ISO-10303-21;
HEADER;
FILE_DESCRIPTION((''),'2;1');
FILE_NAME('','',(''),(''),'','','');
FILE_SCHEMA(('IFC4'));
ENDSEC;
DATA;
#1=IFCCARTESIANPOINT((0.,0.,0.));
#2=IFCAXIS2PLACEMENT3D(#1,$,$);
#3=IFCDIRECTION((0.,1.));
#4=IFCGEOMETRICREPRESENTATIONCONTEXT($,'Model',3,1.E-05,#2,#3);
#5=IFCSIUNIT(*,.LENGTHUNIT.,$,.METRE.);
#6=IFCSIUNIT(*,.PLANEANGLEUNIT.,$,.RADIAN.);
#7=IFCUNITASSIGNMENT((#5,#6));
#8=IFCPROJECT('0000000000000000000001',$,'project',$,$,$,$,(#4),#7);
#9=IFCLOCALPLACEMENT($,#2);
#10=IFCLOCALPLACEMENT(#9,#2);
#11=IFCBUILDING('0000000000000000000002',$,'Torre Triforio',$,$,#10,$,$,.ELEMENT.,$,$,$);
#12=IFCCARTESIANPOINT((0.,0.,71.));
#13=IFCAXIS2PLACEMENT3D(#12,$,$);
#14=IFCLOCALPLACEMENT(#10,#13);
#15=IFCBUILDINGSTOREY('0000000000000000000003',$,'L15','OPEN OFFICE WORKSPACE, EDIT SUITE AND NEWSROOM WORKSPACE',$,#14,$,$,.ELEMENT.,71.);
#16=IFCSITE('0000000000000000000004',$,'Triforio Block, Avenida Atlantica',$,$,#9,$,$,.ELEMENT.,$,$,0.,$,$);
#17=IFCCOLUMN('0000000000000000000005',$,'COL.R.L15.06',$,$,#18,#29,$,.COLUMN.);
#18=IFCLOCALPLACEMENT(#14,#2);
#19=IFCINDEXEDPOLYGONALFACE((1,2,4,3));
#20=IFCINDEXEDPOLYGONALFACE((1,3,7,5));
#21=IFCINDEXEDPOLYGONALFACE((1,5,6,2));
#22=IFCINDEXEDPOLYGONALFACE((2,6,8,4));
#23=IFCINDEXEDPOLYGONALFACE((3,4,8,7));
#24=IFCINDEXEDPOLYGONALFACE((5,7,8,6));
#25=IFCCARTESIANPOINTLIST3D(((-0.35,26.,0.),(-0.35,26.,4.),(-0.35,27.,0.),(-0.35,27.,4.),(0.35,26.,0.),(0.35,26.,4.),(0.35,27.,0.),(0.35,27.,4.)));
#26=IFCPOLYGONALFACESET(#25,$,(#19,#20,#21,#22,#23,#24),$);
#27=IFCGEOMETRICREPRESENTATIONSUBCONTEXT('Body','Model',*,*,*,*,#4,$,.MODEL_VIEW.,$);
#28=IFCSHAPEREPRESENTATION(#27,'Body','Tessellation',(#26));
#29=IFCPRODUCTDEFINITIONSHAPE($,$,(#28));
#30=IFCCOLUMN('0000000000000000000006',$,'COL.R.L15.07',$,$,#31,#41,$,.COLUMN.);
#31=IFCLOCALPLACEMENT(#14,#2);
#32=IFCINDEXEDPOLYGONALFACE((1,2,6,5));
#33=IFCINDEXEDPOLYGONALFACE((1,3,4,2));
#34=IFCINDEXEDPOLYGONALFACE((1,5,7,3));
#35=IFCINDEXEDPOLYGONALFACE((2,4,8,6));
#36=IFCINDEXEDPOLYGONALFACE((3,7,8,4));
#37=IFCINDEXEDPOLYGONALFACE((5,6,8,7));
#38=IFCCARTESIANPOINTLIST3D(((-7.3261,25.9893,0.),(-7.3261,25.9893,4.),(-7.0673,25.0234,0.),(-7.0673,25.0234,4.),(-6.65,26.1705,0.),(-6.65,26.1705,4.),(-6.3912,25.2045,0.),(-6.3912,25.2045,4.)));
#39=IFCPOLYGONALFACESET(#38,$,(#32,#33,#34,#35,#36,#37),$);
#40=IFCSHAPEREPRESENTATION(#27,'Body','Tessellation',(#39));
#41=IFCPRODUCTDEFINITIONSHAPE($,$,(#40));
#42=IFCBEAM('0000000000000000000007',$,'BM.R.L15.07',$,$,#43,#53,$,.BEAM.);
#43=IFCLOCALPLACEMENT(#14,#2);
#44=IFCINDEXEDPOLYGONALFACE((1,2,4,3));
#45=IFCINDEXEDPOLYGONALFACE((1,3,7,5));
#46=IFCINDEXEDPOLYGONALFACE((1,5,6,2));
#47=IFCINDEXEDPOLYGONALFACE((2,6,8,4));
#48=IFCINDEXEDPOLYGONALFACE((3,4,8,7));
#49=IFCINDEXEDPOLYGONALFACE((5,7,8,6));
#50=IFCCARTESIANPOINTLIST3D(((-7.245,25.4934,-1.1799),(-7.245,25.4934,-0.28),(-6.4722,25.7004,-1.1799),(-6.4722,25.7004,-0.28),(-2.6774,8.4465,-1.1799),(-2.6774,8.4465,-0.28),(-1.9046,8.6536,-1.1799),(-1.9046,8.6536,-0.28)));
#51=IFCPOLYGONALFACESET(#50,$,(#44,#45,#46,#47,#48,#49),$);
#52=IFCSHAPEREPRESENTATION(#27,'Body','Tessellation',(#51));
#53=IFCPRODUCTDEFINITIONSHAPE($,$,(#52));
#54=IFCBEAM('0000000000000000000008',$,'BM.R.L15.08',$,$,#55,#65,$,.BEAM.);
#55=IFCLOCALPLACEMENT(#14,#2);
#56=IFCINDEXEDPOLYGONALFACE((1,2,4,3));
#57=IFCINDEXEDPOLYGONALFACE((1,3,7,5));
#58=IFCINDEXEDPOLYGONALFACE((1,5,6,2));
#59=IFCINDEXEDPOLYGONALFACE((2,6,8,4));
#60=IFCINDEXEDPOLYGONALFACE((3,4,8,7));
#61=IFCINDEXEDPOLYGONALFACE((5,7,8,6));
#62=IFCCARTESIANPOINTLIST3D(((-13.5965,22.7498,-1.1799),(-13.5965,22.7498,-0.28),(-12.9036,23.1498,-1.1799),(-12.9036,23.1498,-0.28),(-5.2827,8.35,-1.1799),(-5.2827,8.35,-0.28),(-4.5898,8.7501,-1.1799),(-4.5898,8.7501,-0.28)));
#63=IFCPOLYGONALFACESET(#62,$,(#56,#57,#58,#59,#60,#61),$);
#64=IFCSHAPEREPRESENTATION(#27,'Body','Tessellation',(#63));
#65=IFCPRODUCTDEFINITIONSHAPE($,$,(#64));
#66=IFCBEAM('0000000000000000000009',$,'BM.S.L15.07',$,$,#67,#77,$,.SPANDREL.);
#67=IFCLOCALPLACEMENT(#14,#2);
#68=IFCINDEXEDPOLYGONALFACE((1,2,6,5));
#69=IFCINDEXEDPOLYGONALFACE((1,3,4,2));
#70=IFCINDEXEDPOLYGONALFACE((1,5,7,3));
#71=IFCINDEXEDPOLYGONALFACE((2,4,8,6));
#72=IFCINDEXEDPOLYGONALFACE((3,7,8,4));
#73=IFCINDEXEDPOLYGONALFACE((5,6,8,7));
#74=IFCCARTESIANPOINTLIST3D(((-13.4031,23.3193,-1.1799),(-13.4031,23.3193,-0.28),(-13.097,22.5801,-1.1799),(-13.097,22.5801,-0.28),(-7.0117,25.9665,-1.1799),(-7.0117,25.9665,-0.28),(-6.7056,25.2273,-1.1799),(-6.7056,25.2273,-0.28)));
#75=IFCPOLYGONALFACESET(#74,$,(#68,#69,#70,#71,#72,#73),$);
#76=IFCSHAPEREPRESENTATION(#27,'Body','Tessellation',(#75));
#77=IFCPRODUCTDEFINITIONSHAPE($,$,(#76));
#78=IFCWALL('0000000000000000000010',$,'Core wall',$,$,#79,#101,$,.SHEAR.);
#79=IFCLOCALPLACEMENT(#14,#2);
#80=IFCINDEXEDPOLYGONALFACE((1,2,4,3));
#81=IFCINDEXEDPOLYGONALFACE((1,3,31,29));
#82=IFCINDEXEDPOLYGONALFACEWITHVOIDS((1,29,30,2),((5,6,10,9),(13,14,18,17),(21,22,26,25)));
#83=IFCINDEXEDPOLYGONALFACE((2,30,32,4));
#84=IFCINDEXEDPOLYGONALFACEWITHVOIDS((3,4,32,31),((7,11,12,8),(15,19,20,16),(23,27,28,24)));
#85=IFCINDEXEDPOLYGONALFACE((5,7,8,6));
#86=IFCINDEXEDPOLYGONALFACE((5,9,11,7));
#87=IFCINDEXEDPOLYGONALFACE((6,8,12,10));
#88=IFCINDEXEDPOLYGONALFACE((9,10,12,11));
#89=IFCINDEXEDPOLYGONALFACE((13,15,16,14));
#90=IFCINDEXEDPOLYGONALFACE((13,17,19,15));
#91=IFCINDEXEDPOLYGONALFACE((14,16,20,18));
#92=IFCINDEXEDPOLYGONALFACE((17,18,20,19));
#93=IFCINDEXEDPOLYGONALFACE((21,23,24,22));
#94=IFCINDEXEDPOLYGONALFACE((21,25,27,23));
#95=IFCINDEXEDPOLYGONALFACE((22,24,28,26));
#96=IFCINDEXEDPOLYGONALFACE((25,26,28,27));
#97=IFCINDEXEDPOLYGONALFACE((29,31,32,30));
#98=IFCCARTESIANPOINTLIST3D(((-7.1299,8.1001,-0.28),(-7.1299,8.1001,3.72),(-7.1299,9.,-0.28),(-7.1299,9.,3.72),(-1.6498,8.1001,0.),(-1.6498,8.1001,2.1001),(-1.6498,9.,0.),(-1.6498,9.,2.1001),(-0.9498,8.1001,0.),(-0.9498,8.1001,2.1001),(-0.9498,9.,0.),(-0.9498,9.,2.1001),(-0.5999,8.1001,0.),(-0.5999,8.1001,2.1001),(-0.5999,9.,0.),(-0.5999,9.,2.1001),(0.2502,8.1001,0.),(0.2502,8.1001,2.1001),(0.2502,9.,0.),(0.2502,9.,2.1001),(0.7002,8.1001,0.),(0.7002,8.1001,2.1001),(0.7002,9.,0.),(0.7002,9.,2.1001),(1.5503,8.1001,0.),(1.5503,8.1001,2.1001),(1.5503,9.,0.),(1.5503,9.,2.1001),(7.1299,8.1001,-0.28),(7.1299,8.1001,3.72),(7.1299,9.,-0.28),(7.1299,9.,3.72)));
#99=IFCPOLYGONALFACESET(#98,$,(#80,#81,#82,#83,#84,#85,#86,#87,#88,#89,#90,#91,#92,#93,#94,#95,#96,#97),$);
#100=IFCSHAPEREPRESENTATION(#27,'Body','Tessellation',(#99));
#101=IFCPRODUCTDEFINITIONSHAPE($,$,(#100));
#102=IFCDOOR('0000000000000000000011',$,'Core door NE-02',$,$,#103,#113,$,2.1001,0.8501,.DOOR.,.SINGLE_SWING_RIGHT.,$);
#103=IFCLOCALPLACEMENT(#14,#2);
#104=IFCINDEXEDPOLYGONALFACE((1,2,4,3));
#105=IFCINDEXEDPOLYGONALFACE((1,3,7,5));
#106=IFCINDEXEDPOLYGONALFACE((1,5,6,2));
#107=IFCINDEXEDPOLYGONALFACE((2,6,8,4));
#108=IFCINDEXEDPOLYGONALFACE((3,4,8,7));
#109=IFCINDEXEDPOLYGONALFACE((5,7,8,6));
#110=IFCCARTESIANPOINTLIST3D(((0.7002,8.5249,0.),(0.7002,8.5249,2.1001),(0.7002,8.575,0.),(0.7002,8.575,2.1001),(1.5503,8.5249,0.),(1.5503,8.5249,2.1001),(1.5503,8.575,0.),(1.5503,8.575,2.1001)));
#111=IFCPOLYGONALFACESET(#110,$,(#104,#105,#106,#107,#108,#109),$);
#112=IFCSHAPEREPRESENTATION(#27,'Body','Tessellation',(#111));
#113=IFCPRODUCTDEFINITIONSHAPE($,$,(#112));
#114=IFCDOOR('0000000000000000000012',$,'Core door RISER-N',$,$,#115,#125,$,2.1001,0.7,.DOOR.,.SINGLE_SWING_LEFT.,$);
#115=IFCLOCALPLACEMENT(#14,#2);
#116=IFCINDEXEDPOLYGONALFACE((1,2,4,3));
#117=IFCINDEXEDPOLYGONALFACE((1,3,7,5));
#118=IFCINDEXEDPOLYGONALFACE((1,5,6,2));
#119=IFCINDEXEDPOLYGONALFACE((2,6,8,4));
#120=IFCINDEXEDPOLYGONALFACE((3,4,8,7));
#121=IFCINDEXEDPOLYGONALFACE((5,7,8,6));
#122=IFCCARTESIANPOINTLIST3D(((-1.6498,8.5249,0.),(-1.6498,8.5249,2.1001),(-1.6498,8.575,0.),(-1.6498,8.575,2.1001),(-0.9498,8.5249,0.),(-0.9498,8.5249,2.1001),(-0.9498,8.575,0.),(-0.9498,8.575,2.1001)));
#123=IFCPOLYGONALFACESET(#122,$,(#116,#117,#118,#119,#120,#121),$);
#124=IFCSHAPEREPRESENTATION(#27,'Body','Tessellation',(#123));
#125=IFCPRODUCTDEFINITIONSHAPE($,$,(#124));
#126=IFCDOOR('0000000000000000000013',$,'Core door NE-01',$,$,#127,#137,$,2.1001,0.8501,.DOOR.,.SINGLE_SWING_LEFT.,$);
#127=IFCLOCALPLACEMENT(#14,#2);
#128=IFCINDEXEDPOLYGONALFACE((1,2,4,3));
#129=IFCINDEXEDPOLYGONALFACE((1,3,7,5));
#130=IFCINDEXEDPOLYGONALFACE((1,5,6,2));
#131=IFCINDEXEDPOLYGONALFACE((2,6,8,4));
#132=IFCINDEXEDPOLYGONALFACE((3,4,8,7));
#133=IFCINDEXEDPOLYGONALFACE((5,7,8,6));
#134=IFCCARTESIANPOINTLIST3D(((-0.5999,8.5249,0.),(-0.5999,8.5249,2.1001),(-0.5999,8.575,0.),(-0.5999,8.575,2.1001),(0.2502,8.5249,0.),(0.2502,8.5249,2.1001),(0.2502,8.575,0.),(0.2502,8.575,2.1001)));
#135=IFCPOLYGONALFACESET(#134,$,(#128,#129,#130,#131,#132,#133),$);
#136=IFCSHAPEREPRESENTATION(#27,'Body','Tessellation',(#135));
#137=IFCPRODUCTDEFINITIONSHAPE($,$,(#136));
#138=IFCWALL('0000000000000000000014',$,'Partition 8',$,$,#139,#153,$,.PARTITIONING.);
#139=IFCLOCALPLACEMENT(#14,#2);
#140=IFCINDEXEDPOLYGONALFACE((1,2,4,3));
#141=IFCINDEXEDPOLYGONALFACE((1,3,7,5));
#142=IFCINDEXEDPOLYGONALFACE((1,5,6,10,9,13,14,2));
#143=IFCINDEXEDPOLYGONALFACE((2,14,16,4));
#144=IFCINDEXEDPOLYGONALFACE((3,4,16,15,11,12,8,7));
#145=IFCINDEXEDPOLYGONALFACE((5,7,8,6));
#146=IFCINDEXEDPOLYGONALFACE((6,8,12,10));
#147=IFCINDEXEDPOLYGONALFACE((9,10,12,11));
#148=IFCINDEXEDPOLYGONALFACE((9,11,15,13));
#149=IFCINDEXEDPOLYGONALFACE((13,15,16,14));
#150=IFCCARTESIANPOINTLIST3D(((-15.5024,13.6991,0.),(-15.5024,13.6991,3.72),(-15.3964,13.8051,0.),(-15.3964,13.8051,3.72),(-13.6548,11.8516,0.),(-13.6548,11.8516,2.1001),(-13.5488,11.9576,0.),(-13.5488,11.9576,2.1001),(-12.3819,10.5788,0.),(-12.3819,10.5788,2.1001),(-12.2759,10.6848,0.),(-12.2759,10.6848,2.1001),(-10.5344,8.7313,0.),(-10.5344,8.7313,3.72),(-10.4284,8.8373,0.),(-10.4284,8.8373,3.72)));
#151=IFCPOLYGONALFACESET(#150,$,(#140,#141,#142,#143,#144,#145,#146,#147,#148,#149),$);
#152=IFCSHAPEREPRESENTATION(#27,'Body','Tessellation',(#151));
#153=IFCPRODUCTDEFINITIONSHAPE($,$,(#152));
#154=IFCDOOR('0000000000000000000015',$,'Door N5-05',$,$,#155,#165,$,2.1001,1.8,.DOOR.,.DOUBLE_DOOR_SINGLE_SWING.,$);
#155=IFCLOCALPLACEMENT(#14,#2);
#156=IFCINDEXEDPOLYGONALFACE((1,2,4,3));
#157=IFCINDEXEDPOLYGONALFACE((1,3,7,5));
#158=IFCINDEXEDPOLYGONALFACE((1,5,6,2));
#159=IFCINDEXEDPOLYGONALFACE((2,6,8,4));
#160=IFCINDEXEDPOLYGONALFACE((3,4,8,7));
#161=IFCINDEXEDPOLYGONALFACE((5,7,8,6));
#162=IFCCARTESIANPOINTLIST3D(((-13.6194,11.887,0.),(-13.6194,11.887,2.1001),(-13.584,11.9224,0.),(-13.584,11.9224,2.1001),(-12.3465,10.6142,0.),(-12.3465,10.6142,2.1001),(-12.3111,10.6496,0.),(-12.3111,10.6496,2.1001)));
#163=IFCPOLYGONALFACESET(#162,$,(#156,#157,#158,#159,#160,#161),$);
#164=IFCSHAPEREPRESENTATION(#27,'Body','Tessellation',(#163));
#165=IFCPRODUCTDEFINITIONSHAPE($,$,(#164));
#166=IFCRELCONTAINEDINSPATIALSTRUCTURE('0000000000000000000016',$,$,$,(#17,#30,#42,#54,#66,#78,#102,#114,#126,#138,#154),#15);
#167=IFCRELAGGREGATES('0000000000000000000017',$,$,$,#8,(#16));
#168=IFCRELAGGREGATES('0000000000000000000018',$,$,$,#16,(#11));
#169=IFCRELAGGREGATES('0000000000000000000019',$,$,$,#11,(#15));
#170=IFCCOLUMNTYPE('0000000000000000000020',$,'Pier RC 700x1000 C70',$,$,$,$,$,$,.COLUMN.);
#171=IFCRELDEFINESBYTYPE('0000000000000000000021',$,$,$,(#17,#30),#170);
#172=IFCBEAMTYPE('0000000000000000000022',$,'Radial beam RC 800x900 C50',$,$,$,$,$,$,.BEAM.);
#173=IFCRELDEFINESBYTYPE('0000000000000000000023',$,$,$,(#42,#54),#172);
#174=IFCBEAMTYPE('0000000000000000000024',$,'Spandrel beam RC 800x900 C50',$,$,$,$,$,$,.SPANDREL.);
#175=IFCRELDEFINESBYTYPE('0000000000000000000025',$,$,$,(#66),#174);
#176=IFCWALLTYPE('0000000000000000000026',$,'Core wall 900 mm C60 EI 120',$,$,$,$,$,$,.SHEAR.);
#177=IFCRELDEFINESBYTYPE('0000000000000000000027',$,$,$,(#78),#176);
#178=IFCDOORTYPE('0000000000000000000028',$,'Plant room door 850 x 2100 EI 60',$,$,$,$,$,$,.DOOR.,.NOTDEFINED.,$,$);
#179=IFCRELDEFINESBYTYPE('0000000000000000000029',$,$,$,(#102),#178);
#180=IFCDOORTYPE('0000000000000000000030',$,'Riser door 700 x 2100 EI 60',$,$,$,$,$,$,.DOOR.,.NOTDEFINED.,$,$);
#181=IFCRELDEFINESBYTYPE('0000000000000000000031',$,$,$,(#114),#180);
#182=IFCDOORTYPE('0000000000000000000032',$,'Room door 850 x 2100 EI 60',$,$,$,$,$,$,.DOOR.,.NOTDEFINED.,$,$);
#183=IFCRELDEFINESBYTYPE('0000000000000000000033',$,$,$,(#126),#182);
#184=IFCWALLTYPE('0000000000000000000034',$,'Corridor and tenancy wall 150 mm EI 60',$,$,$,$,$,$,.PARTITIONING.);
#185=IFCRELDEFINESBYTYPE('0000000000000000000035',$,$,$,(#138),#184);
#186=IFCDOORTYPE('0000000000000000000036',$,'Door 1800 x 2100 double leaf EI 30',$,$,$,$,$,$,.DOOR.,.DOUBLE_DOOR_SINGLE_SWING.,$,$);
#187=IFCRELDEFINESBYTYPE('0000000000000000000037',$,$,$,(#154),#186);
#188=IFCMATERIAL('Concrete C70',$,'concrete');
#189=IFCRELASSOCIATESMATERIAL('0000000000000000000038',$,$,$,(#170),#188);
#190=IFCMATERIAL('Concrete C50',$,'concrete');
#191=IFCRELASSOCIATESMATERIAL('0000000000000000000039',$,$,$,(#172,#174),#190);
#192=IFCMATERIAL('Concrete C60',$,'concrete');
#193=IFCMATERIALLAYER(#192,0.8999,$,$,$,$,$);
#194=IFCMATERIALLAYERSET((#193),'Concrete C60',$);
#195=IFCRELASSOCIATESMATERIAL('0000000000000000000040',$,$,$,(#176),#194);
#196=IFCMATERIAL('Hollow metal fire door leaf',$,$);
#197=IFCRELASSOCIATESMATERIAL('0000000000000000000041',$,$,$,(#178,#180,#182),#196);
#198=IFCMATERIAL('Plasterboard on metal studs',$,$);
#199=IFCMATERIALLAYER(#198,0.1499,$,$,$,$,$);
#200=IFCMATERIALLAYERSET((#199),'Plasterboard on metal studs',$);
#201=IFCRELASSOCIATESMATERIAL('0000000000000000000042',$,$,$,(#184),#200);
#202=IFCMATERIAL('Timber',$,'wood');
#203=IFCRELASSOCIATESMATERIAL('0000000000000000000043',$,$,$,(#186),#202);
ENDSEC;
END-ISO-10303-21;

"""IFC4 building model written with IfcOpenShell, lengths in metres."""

from ifc_helpers import new_model, si_unit, direction, frame, frame_2d, origin, origin_2d, place, context, subcontext, project, spatial, rectangle, extrude, material, layer, layer_set, material_profile, profile_set, type_object, element, fill, save


model = new_model("IFC4")

# Units and contexts
model_context = context("Model", 3, precision=1e-05, world=origin(), true_north=direction((0.0, 1.0)))
body_context = subcontext(model_context, "Body", "Model", "MODEL_VIEW")
ifc_project = project(units=[si_unit("LENGTHUNIT", "METRE"), si_unit("PLANEANGLEUNIT", "RADIAN")], contexts=[model_context])

# Site, building, storey
site_placement = place(None, origin())
site = spatial("IfcSite", under=ifc_project, at=site_placement, Name="Triforio Block, Avenida Atlantica", CompositionType="ELEMENT", RefElevation=0.0)
building_placement = place(site_placement, origin())
building = spatial("IfcBuilding", under=site, at=building_placement, Name="Torre Triforio", CompositionType="ELEMENT")
storey_placement = place(building_placement, frame((0.0, 0.0, 71.0)))
storey = spatial("IfcBuildingStorey", under=building, at=storey_placement, Name="L15", Description="OPEN OFFICE WORKSPACE, EDIT SUITE AND NEWSROOM WORKSPACE", CompositionType="ELEMENT", Elevation=71.0)

# Columns
ifc_material_1 = material(Name="Concrete C70", Category="concrete")
ifc_material_profile_1 = material_profile(ifc_material_1, rectangle(XDim=0.7, YDim=1.0, at=origin_2d()), Name="RC 700x1000")
ifc_profile_set_1 = profile_set([ifc_material_profile_1], Name="Concrete C70")
column_type = type_object("IfcColumnType", Name="Pier RC 700x1000 C70", PredefinedType="COLUMN", material=ifc_profile_set_1)
for number, where, z_axis, x_axis, name in (
    (1, (0.0, 26.5, 0.0), (0.0, 0.0, 1.0), (-1.0, 0.0, 0.0), "COL.R.L15.06"),
    (2, (-6.8586, 25.5969, 0.0), (0.0, 0.0, 1.0), (-0.965926, -0.258819, 0.0), "COL.R.L15.07"),
):
    element("IfcColumn", number, at=place(storey_placement, frame(where, z_axis=z_axis, x_axis=x_axis)), inside=storey, type_object=column_type, Name=name, PredefinedType="COLUMN", context=body_context, shape_type="SweptSolid", body=[
        extrude(rectangle(XDim=0.7, YDim=1.0, at=origin_2d()), origin(), (0.0, 0.0, 1.0), 4.0),
    ])

# Beams
ifc_material_2 = material(Name="Concrete C50", Category="concrete")
ifc_material_profile_2 = material_profile(ifc_material_2, rectangle(XDim=0.8, YDim=0.8999, at=origin_2d()), Name="RC 800x900")
ifc_profile_set_2 = profile_set([ifc_material_profile_2], Name="Concrete C50")
beam_type_1 = type_object("IfcBeamType", Name="Radial beam RC 800x900 C50", PredefinedType="BEAM", material=ifc_profile_set_2)
beam_1_placement = place(storey_placement, frame((-2.291, 8.55, -0.73), z_axis=(-0.258815, 0.965927, 0.0), x_axis=(-0.965927, -0.258815, 0.0)))
element("IfcBeam", 3, at=beam_1_placement, inside=storey, type_object=beam_type_1, Name="BM.R.L15.07", PredefinedType="BEAM", context=body_context, shape_type="SweptSolid", body=[
    extrude(rectangle(XDim=0.8, YDim=0.8999, at=origin_2d()), origin(), (0.0, 0.0, 1.0), 17.6482),
])
beam_2_placement = place(storey_placement, frame((-4.9363, 8.55, -0.73), z_axis=(-0.500003, 0.866023, 0.0), x_axis=(-0.866023, -0.500003, 0.0)))
element("IfcBeam", 4, at=beam_2_placement, inside=storey, type_object=beam_type_1, Name="BM.R.L15.08", PredefinedType="BEAM", context=body_context, shape_type="SweptSolid", body=[
    extrude(rectangle(XDim=0.8, YDim=0.8999, at=origin_2d()), origin(), (0.0, 0.0, 1.0), 16.6274),
])
ifc_material_profile_3 = material_profile(ifc_material_2, rectangle(XDim=0.8, YDim=0.8999, at=origin_2d()), Name="RC 800x900")
ifc_profile_set_3 = profile_set([ifc_material_profile_3], Name="Concrete C50")
beam_type_2 = type_object("IfcBeamType", Name="Spandrel beam RC 800x900 C50", PredefinedType="SPANDREL", material=ifc_profile_set_3)
beam_3_placement = place(storey_placement, frame((-6.8586, 25.5969, -0.73), z_axis=(-0.923888, -0.382662, 0.0), x_axis=(0.382662, -0.923888, 0.0)))
element("IfcBeam", 5, at=beam_3_placement, inside=storey, type_object=beam_type_2, Name="BM.S.L15.07", PredefinedType="SPANDREL", context=body_context, shape_type="SweptSolid", body=[
    extrude(rectangle(XDim=0.8, YDim=0.8999, at=origin_2d()), origin(), (0.0, 0.0, 1.0), 6.918),
])

# Wall, openings, doors
ifc_material_3 = material(Name="Concrete C60", Category="concrete")
ifc_layer_1 = layer(ifc_material_3, 0.8999)
ifc_layer_set_1 = layer_set([ifc_layer_1], Name="Concrete C60")
wall_type_1 = type_object("IfcWallType", Name="Core wall 900 mm C60 EI 120", PredefinedType="SHEAR", material=ifc_layer_set_1)
wall_1_placement = place(storey_placement, frame((-7.1299, 8.55, -0.28), z_axis=(0.0, 0.0, 1.0), x_axis=(1.0, 0.0, 0.0)))
wall_1 = element("IfcWall", 6, at=wall_1_placement, inside=storey, type_object=wall_type_1, Name="Core wall", PredefinedType="SHEAR", context=body_context, shape_type="SweptSolid", body=[
    extrude(rectangle(XDim=14.2598, YDim=0.8999, at=frame_2d((7.1299, 0.0))), origin(), (0.0, 0.0, 1.0), 4.0),
])
opening_1_placement = place(wall_1_placement, frame((5.48, 0.0, 0.28)))
opening_1 = element("IfcOpeningElement", 7, at=opening_1_placement, cuts=wall_1, PredefinedType="OPENING", context=body_context, shape_type="SweptSolid", body=[
    extrude(rectangle(XDim=0.7, YDim=2.1001, at=frame_2d((0.3501, 1.05))), frame((0.0, 0.46, 0.0), z_axis=(0.0, -1.0, 0.0), x_axis=(1.0, 0.0, 0.0)), (0.0, 0.0, 1.0), 0.9199),
])
opening_2_placement = place(wall_1_placement, frame((6.53, 0.0, 0.28)))
opening_2 = element("IfcOpeningElement", 8, at=opening_2_placement, cuts=wall_1, PredefinedType="OPENING", context=body_context, shape_type="SweptSolid", body=[
    extrude(rectangle(XDim=0.8501, YDim=2.1001, at=frame_2d((0.425, 1.05))), frame((0.0, 0.46, 0.0), z_axis=(0.0, -1.0, 0.0), x_axis=(1.0, 0.0, 0.0)), (0.0, 0.0, 1.0), 0.9199),
])
opening_3_placement = place(wall_1_placement, frame((7.8301, 0.0, 0.28)))
opening_3 = element("IfcOpeningElement", 9, at=opening_3_placement, cuts=wall_1, PredefinedType="OPENING", context=body_context, shape_type="SweptSolid", body=[
    extrude(rectangle(XDim=0.8501, YDim=2.1001, at=frame_2d((0.425, 1.05))), frame((0.0, 0.46, 0.0), z_axis=(0.0, -1.0, 0.0), x_axis=(1.0, 0.0, 0.0)), (0.0, 0.0, 1.0), 0.9199),
])
ifc_material_4 = material(Name="Hollow metal fire door leaf")
door_type_1 = type_object("IfcDoorType", Name="Plant room door 850 x 2100 EI 60", OperationType="NOTDEFINED", PredefinedType="DOOR", material=ifc_material_4)
door_1_placement = place(opening_3_placement, origin())
door_1 = element("IfcDoor", 10, at=door_1_placement, inside=storey, type_object=door_type_1, Name="Core door NE-02", OperationType="SINGLE_SWING_RIGHT", OverallHeight=2.1001, OverallWidth=0.8501, PredefinedType="DOOR", context=body_context, shape_type="SweptSolid", body=[
    extrude(rectangle(XDim=0.8501, YDim=2.1001, at=frame_2d((0.425, 1.05))), frame((0.0, 0.0249, 0.0), z_axis=(0.0, -1.0, 0.0), x_axis=(1.0, 0.0, 0.0)), (0.0, 0.0, 1.0), 0.05),
])
fill(opening_3, door_1)
door_type_2 = type_object("IfcDoorType", Name="Riser door 700 x 2100 EI 60", OperationType="NOTDEFINED", PredefinedType="DOOR", material=ifc_material_4)
door_2_placement = place(opening_1_placement, origin())
door_2 = element("IfcDoor", 11, at=door_2_placement, inside=storey, type_object=door_type_2, Name="Core door RISER-N", OperationType="SINGLE_SWING_LEFT", OverallHeight=2.1001, OverallWidth=0.7, PredefinedType="DOOR", context=body_context, shape_type="SweptSolid", body=[
    extrude(rectangle(XDim=0.7, YDim=2.1001, at=frame_2d((0.3501, 1.05))), frame((0.0, 0.0249, 0.0), z_axis=(0.0, -1.0, 0.0), x_axis=(1.0, 0.0, 0.0)), (0.0, 0.0, 1.0), 0.05),
])
fill(opening_1, door_2)
door_type_3 = type_object("IfcDoorType", Name="Room door 850 x 2100 EI 60", OperationType="NOTDEFINED", PredefinedType="DOOR", material=ifc_material_4)
door_3_placement = place(opening_2_placement, origin())
door_3 = element("IfcDoor", 12, at=door_3_placement, inside=storey, type_object=door_type_3, Name="Core door NE-01", OperationType="SINGLE_SWING_LEFT", OverallHeight=2.1001, OverallWidth=0.8501, PredefinedType="DOOR", context=body_context, shape_type="SweptSolid", body=[
    extrude(rectangle(XDim=0.8501, YDim=2.1001, at=frame_2d((0.425, 1.05))), frame((0.0, 0.0249, 0.0), z_axis=(0.0, -1.0, 0.0), x_axis=(1.0, 0.0, 0.0)), (0.0, 0.0, 1.0), 0.05),
])
fill(opening_2, door_3)

# Wall, opening, door
ifc_material_5 = material(Name="Plasterboard on metal studs")
ifc_layer_2 = layer(ifc_material_5, 0.1499)
ifc_layer_set_2 = layer_set([ifc_layer_2], Name="Plasterboard on metal studs")
wall_type_2 = type_object("IfcWallType", Name="Corridor and tenancy wall 150 mm EI 60", PredefinedType="PARTITIONING", material=ifc_layer_set_2)
wall_2_placement = place(storey_placement, frame((-10.4814, 8.7844, 0.0), z_axis=(0.0, 0.0, 1.0), x_axis=(-0.707124, 0.707089, 0.0)))
wall_2 = element("IfcWall", 13, at=wall_2_placement, inside=storey, type_object=wall_type_2, Name="Partition 8", PredefinedType="PARTITIONING", context=body_context, shape_type="SweptSolid", body=[
    extrude(rectangle(XDim=7.0256, YDim=0.1499, at=frame_2d((3.5127, 0.0))), origin(), (0.0, 0.0, 1.0), 3.72),
])
opening_4_placement = place(wall_2_placement, frame((2.6128, 0.0, 0.0)))
opening_4 = element("IfcOpeningElement", 14, at=opening_4_placement, cuts=wall_2, PredefinedType="OPENING", context=body_context, shape_type="SweptSolid", body=[
    extrude(rectangle(XDim=1.8, YDim=2.1001, at=frame_2d((0.8999, 1.05))), frame((0.0, 0.085, 0.0), z_axis=(0.0, -1.0, 0.0), x_axis=(1.0, 0.0, 0.0)), (0.0, 0.0, 1.0), 0.1699),
])
ifc_material_6 = material(Name="Timber", Category="wood")
door_type_4 = type_object("IfcDoorType", Name="Door 1800 x 2100 double leaf EI 30", OperationType="DOUBLE_DOOR_SINGLE_SWING", PredefinedType="DOOR", material=ifc_material_6)
door_4_placement = place(opening_4_placement, origin())
door_4 = element("IfcDoor", 15, at=door_4_placement, inside=storey, type_object=door_type_4, Name="Door N5-05", OperationType="DOUBLE_DOOR_SINGLE_SWING", OverallHeight=2.1001, OverallWidth=1.8, PredefinedType="DOOR", context=body_context, shape_type="SweptSolid", body=[
    extrude(rectangle(XDim=1.8, YDim=2.1001, at=frame_2d((0.8999, 1.05))), frame((0.0, 0.0249, 0.0), z_axis=(0.0, -1.0, 0.0), x_axis=(1.0, 0.0, 0.0)), (0.0, 0.0, 1.0), 0.05),
])
fill(opening_4, door_4)

save(model, "model.ifc")
